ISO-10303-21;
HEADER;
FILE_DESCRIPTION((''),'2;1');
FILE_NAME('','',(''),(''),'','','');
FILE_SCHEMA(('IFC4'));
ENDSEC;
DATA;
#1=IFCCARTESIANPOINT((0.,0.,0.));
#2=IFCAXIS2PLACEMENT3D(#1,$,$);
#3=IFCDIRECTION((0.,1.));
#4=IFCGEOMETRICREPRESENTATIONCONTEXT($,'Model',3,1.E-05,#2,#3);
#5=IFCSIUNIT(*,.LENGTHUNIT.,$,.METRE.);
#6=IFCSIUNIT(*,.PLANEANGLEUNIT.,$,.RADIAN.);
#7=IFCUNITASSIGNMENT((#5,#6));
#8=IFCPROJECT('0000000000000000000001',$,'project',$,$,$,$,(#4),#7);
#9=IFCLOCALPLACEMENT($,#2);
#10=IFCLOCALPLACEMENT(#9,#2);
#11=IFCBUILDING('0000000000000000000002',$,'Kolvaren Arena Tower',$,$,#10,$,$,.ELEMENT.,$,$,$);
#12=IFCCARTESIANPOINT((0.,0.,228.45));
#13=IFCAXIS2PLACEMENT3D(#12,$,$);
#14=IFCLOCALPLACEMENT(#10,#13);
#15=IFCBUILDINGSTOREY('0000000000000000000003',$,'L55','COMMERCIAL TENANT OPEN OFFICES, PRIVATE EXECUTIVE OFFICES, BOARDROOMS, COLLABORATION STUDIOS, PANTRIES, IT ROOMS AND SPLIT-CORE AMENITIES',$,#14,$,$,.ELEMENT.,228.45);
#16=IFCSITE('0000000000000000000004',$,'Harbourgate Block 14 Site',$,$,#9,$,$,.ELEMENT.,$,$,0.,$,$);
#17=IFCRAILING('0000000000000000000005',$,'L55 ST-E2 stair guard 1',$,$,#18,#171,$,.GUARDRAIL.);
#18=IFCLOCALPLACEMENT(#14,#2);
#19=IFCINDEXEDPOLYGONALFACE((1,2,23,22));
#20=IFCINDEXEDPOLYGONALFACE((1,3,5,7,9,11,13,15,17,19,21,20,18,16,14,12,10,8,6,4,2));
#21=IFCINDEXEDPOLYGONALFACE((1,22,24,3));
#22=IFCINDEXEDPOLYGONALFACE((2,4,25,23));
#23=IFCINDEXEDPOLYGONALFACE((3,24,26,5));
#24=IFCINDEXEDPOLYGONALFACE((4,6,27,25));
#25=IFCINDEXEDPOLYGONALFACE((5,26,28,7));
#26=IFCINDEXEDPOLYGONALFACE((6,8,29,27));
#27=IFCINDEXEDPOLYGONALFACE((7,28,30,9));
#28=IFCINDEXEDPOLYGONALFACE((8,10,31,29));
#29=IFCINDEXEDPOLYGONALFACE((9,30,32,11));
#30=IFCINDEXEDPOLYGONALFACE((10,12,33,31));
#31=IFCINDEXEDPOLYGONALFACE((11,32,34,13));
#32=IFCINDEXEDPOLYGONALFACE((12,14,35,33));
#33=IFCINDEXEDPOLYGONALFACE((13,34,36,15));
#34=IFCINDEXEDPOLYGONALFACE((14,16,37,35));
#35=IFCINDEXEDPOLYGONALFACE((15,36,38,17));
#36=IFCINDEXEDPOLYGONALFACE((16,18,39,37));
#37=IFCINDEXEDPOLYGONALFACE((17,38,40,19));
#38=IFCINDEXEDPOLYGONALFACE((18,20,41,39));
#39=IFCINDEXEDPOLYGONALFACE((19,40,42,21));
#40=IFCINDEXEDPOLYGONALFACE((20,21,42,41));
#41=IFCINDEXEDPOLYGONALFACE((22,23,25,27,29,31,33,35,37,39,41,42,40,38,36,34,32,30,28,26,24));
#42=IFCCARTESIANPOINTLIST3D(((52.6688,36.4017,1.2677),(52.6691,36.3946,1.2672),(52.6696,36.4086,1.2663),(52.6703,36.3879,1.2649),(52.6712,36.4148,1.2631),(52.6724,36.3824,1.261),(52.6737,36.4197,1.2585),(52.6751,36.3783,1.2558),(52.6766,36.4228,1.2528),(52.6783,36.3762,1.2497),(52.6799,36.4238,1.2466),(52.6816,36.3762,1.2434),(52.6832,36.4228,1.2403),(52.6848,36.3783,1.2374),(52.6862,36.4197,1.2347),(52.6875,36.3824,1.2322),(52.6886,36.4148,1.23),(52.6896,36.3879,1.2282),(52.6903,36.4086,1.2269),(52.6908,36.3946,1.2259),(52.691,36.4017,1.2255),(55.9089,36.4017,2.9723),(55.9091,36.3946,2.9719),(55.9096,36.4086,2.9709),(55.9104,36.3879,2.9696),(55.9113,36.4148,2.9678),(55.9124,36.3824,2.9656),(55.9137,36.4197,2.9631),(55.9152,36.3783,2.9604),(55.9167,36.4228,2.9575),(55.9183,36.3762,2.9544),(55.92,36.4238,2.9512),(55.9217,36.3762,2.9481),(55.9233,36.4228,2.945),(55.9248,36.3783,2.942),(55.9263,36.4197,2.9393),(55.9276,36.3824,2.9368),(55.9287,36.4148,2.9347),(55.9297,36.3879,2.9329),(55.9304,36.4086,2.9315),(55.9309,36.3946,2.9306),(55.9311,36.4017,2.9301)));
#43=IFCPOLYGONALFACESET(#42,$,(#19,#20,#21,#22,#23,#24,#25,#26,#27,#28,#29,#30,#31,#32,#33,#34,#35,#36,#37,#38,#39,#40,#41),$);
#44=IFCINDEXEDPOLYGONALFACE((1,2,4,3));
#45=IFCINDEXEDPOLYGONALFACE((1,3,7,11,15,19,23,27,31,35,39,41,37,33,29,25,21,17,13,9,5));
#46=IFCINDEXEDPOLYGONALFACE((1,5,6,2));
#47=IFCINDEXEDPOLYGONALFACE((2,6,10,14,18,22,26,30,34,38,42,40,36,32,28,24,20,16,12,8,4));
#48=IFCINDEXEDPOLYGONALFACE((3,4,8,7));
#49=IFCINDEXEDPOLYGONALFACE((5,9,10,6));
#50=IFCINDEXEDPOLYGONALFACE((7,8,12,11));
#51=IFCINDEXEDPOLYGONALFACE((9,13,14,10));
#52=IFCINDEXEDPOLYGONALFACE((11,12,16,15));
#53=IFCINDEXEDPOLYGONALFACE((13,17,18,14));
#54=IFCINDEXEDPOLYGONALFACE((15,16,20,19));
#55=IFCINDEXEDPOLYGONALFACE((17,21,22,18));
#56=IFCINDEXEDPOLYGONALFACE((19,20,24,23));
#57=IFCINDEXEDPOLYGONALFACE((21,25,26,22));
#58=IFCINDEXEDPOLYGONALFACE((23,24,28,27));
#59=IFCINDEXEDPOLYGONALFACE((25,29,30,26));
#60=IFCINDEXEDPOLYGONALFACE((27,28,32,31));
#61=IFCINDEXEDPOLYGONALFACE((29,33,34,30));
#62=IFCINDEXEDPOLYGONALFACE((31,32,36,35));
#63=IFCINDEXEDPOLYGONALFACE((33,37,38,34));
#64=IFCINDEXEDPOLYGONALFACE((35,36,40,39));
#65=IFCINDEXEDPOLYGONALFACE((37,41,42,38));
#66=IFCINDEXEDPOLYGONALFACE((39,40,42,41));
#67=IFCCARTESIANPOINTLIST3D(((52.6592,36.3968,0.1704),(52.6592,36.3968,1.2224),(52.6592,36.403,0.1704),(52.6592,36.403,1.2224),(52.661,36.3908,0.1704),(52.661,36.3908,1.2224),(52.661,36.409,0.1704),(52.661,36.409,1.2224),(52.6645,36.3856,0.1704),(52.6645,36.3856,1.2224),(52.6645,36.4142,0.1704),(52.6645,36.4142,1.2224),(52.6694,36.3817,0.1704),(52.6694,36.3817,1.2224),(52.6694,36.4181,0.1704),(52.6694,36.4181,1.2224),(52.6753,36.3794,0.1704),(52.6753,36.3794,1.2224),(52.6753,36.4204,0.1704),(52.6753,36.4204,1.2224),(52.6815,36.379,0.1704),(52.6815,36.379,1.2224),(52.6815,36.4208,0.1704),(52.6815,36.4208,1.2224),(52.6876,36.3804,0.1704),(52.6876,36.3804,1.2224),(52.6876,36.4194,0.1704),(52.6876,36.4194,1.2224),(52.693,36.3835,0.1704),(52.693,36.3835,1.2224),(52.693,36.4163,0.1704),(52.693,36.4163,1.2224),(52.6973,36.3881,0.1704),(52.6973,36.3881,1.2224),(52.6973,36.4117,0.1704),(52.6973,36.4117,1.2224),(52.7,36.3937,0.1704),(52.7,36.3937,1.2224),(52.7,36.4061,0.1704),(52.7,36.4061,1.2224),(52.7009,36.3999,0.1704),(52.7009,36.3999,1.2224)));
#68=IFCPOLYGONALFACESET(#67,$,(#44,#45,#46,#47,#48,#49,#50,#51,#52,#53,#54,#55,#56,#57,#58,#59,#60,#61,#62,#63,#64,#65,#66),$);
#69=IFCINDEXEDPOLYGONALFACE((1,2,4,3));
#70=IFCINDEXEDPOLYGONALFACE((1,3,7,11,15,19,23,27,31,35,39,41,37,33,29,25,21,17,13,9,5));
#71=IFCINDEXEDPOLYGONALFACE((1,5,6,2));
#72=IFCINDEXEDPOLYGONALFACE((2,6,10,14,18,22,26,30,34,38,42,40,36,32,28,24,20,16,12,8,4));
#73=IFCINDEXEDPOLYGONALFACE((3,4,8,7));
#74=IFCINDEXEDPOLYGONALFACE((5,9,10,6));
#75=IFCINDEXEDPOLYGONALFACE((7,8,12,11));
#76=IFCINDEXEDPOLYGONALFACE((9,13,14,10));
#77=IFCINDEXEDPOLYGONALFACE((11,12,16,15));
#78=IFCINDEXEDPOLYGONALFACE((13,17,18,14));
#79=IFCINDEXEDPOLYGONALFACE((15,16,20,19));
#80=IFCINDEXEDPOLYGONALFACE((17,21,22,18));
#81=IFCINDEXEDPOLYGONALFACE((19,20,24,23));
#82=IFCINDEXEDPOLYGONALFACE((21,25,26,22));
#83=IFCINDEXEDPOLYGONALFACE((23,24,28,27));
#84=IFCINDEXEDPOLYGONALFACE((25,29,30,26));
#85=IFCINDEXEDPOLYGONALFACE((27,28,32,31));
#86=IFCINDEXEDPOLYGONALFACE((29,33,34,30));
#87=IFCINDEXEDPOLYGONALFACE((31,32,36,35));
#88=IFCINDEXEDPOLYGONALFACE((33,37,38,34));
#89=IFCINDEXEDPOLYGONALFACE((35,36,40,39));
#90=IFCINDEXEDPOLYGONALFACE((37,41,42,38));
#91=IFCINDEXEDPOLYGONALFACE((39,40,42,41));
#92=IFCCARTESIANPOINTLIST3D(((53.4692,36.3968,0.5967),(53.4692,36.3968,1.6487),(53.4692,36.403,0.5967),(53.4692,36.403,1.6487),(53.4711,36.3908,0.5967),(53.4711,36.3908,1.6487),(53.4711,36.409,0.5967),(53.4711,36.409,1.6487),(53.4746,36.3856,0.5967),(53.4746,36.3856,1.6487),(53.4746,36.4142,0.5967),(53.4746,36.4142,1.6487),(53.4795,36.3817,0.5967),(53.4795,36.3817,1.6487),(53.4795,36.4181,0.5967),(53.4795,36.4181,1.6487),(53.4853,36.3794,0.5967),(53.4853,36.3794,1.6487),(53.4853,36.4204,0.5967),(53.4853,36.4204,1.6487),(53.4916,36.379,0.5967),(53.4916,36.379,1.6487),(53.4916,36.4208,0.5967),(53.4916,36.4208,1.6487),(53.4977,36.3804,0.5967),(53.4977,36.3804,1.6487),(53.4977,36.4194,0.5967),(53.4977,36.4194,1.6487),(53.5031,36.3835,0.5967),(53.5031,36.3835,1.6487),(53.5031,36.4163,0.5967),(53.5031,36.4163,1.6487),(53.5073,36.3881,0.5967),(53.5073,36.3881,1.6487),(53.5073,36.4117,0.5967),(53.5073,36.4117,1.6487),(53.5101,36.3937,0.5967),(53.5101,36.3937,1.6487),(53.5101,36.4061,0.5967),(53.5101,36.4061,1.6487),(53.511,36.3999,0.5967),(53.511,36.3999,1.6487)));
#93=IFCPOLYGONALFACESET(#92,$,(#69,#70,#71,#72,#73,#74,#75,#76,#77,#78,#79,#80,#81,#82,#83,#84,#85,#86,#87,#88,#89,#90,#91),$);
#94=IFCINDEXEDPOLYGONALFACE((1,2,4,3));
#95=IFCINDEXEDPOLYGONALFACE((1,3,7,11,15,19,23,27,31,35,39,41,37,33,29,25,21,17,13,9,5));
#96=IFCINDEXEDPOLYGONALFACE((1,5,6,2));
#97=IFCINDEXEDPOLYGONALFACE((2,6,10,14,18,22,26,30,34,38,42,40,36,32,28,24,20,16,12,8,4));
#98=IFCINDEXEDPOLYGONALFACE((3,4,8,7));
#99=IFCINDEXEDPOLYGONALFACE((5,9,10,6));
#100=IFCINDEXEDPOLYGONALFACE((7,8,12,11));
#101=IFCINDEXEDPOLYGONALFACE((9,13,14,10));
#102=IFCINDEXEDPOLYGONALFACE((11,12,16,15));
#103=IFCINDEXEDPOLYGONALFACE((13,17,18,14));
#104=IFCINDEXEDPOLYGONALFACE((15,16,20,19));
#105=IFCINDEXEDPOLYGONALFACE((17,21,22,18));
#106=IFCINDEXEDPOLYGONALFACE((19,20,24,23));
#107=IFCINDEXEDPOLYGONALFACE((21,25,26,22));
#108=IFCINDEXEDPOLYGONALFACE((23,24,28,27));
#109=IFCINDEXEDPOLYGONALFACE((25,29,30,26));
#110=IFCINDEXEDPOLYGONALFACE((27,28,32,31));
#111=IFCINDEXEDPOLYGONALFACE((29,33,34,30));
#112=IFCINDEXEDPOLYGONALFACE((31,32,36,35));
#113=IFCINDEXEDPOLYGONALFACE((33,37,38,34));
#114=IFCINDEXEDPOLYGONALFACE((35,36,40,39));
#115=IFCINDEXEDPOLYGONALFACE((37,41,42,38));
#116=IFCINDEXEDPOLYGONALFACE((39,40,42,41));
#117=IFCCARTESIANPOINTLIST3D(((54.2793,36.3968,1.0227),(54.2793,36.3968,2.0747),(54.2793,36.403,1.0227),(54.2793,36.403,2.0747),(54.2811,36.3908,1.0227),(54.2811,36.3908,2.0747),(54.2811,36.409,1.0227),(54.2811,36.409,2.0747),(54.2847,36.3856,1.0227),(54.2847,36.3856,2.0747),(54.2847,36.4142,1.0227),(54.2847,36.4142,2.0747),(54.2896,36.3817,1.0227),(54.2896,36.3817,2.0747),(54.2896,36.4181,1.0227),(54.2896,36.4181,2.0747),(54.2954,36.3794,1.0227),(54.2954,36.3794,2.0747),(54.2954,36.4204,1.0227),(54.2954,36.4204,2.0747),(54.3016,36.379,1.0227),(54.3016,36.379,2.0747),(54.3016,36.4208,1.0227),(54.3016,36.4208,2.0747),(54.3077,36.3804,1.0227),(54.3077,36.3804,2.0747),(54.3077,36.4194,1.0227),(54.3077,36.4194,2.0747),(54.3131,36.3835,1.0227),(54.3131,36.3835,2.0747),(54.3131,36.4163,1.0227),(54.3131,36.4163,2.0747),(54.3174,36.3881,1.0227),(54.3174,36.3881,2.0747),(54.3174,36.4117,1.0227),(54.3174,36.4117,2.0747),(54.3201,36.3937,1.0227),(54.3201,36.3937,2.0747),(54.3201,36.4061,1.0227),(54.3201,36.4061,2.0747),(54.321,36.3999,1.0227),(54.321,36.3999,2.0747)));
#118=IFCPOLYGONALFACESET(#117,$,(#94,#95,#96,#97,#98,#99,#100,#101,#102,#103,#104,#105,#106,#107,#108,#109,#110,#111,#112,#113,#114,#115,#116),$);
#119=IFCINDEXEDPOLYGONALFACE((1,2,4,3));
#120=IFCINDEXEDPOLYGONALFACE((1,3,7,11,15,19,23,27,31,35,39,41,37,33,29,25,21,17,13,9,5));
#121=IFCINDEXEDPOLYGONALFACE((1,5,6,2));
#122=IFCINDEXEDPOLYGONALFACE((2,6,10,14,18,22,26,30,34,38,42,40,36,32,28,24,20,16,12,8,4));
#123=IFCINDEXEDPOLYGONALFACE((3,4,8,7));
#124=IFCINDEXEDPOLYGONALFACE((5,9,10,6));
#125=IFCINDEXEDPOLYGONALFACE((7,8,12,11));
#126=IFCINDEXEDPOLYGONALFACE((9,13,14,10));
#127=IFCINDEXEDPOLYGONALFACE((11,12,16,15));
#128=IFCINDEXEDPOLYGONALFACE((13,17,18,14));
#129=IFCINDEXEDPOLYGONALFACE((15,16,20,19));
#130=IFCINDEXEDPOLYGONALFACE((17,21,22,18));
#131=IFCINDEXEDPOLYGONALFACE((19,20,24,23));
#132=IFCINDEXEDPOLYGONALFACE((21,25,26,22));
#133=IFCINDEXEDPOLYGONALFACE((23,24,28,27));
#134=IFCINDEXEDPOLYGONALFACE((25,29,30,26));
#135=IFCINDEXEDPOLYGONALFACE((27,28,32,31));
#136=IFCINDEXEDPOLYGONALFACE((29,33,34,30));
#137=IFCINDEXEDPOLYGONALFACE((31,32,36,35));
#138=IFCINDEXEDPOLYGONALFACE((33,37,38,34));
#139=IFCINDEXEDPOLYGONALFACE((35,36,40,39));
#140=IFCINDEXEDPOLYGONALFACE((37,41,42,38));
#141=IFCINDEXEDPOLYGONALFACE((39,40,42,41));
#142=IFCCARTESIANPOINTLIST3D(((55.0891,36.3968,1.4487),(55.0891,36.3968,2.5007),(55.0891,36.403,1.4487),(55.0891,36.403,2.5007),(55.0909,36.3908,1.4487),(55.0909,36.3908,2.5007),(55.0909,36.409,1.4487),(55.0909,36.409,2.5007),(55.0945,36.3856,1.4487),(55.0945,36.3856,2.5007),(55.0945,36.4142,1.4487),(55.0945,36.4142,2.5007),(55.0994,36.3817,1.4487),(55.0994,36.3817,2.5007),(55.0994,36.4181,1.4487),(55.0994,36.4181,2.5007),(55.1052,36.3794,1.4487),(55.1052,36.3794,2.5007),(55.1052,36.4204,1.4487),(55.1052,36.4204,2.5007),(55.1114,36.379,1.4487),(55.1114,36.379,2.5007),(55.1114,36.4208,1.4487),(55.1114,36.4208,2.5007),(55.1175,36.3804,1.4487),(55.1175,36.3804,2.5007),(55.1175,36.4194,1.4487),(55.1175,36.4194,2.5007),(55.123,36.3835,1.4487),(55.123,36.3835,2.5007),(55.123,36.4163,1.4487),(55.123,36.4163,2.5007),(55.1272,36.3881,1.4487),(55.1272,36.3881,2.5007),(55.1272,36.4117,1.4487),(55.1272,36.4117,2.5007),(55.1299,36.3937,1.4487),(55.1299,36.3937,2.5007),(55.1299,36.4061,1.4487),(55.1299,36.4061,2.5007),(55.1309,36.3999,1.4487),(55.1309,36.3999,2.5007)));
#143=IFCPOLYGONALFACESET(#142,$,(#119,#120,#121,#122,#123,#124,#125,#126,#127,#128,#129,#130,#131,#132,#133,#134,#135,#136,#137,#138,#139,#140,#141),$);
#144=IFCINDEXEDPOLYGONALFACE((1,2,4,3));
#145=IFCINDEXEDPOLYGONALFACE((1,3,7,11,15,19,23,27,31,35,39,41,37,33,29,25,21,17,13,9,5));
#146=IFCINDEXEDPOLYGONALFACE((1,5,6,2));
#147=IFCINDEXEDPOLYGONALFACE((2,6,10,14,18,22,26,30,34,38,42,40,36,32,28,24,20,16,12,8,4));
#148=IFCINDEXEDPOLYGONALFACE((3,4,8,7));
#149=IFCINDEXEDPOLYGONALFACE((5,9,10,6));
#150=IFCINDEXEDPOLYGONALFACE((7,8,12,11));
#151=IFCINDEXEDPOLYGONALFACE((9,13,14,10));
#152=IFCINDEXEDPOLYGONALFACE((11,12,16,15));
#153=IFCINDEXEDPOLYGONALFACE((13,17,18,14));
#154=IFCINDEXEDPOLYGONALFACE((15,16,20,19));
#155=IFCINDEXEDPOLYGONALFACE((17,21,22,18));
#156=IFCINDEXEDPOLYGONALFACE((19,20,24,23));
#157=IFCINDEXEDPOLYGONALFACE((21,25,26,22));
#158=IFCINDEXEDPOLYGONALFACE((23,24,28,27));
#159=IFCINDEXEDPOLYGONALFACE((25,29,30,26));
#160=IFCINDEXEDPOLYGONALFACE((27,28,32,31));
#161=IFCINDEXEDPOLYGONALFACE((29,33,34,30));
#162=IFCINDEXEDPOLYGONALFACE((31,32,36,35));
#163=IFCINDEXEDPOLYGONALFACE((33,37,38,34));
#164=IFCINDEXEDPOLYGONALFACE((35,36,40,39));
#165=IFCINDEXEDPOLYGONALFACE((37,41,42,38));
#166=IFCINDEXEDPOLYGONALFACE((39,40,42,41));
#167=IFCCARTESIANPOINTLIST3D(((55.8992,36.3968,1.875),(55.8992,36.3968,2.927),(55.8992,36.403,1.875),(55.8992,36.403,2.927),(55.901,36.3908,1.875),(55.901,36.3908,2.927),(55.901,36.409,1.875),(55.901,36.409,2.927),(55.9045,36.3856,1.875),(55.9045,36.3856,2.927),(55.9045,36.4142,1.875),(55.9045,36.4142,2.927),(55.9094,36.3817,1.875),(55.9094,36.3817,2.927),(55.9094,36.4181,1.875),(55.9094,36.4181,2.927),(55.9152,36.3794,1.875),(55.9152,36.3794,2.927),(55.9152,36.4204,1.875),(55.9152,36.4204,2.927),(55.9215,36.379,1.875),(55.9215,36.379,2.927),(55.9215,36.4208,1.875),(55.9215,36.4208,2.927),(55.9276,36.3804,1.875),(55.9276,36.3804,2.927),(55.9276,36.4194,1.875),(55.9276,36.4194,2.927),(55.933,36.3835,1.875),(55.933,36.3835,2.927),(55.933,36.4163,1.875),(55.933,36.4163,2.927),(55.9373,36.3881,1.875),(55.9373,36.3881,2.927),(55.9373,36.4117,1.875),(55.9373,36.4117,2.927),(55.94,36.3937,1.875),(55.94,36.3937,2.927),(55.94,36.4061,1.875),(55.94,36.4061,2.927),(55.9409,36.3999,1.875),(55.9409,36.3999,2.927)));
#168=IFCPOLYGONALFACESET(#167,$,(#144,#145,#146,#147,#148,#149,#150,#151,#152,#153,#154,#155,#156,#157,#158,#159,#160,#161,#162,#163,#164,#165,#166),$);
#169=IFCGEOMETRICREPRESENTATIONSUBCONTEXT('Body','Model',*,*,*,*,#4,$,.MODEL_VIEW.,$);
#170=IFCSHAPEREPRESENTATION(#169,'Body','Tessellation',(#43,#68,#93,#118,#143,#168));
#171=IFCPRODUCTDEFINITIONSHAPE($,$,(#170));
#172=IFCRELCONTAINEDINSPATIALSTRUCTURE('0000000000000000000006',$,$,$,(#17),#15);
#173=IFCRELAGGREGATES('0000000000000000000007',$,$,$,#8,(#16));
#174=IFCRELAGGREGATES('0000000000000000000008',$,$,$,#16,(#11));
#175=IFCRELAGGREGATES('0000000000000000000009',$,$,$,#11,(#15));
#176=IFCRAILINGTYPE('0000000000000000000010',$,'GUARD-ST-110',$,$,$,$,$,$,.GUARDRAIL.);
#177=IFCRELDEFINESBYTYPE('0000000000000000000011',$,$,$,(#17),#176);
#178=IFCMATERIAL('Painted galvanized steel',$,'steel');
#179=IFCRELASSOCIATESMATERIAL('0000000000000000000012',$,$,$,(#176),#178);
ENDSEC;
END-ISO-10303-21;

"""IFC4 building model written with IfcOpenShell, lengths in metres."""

from ifc_helpers import new_model, si_unit, direction, frame, origin, origin_2d, place, context, subcontext, project, spatial, circle, extrude, material, type_object, element, save


model = new_model("IFC4")

# Units and contexts
model_context = context("Model", 3, precision=1e-05, world=origin(), true_north=direction((0.0, 1.0)))
body_context = subcontext(model_context, "Body", "Model", "MODEL_VIEW")
ifc_project = project(units=[si_unit("LENGTHUNIT", "METRE"), si_unit("PLANEANGLEUNIT", "RADIAN")], contexts=[model_context])

# Site, building, storey
site_placement = place(None, origin())
site = spatial("IfcSite", under=ifc_project, at=site_placement, Name="Harbourgate Block 14 Site", CompositionType="ELEMENT", RefElevation=0.0)
building_placement = place(site_placement, origin())
building = spatial("IfcBuilding", under=site, at=building_placement, Name="Kolvaren Arena Tower", CompositionType="ELEMENT")
storey_placement = place(building_placement, frame((0.0, 0.0, 228.45)))
storey = spatial("IfcBuildingStorey", under=building, at=storey_placement, Name="L55", Description="COMMERCIAL TENANT OPEN OFFICES, PRIVATE EXECUTIVE OFFICES, BOARDROOMS, COLLABORATION STUDIOS, PANTRIES, IT ROOMS AND SPLIT-CORE AMENITIES", CompositionType="ELEMENT", Elevation=228.45)

# Railing
ifc_material_1 = material(Name="Painted galvanized steel", Category="steel")
railing_type_1 = type_object("IfcRailingType", Name="GUARD-ST-110", PredefinedType="GUARDRAIL", material=ifc_material_1)
railing_1_placement = place(storey_placement, frame((52.6799, 36.3999, 0.1704)))
element("IfcRailing", 1, at=railing_1_placement, inside=storey, type_object=railing_type_1, Name="L55 ST-E2 stair guard 1", PredefinedType="GUARDRAIL", context=body_context, shape_type="SweptSolid", body=[
    extrude(circle(Radius=0.0239, at=origin_2d()), frame((0.0, 0.0, 1.0762), z_axis=(0.884993, 0.0, 0.465604), x_axis=(0.0, 1.0, 0.0)), (0.0, 0.0, 1.0), 3.6611),
    extrude(circle(Radius=0.021, at=origin_2d()), origin(), (0.0, 0.0, 1.0), 1.052),
    extrude(circle(Radius=0.021, at=origin_2d()), frame((0.8101, 0.0, 0.4263)), (0.0, 0.0, 1.0), 1.052),
    extrude(circle(Radius=0.021, at=origin_2d()), frame((1.6201, 0.0, 0.8523)), (0.0, 0.0, 1.0), 1.052),
    extrude(circle(Radius=0.021, at=origin_2d()), frame((2.4299, 0.0, 1.2783)), (0.0, 0.0, 1.0), 1.052),
    extrude(circle(Radius=0.021, at=origin_2d()), frame((3.24, 0.0, 1.7046)), (0.0, 0.0, 1.0), 1.052),
])

save(model, "model.ifc")
